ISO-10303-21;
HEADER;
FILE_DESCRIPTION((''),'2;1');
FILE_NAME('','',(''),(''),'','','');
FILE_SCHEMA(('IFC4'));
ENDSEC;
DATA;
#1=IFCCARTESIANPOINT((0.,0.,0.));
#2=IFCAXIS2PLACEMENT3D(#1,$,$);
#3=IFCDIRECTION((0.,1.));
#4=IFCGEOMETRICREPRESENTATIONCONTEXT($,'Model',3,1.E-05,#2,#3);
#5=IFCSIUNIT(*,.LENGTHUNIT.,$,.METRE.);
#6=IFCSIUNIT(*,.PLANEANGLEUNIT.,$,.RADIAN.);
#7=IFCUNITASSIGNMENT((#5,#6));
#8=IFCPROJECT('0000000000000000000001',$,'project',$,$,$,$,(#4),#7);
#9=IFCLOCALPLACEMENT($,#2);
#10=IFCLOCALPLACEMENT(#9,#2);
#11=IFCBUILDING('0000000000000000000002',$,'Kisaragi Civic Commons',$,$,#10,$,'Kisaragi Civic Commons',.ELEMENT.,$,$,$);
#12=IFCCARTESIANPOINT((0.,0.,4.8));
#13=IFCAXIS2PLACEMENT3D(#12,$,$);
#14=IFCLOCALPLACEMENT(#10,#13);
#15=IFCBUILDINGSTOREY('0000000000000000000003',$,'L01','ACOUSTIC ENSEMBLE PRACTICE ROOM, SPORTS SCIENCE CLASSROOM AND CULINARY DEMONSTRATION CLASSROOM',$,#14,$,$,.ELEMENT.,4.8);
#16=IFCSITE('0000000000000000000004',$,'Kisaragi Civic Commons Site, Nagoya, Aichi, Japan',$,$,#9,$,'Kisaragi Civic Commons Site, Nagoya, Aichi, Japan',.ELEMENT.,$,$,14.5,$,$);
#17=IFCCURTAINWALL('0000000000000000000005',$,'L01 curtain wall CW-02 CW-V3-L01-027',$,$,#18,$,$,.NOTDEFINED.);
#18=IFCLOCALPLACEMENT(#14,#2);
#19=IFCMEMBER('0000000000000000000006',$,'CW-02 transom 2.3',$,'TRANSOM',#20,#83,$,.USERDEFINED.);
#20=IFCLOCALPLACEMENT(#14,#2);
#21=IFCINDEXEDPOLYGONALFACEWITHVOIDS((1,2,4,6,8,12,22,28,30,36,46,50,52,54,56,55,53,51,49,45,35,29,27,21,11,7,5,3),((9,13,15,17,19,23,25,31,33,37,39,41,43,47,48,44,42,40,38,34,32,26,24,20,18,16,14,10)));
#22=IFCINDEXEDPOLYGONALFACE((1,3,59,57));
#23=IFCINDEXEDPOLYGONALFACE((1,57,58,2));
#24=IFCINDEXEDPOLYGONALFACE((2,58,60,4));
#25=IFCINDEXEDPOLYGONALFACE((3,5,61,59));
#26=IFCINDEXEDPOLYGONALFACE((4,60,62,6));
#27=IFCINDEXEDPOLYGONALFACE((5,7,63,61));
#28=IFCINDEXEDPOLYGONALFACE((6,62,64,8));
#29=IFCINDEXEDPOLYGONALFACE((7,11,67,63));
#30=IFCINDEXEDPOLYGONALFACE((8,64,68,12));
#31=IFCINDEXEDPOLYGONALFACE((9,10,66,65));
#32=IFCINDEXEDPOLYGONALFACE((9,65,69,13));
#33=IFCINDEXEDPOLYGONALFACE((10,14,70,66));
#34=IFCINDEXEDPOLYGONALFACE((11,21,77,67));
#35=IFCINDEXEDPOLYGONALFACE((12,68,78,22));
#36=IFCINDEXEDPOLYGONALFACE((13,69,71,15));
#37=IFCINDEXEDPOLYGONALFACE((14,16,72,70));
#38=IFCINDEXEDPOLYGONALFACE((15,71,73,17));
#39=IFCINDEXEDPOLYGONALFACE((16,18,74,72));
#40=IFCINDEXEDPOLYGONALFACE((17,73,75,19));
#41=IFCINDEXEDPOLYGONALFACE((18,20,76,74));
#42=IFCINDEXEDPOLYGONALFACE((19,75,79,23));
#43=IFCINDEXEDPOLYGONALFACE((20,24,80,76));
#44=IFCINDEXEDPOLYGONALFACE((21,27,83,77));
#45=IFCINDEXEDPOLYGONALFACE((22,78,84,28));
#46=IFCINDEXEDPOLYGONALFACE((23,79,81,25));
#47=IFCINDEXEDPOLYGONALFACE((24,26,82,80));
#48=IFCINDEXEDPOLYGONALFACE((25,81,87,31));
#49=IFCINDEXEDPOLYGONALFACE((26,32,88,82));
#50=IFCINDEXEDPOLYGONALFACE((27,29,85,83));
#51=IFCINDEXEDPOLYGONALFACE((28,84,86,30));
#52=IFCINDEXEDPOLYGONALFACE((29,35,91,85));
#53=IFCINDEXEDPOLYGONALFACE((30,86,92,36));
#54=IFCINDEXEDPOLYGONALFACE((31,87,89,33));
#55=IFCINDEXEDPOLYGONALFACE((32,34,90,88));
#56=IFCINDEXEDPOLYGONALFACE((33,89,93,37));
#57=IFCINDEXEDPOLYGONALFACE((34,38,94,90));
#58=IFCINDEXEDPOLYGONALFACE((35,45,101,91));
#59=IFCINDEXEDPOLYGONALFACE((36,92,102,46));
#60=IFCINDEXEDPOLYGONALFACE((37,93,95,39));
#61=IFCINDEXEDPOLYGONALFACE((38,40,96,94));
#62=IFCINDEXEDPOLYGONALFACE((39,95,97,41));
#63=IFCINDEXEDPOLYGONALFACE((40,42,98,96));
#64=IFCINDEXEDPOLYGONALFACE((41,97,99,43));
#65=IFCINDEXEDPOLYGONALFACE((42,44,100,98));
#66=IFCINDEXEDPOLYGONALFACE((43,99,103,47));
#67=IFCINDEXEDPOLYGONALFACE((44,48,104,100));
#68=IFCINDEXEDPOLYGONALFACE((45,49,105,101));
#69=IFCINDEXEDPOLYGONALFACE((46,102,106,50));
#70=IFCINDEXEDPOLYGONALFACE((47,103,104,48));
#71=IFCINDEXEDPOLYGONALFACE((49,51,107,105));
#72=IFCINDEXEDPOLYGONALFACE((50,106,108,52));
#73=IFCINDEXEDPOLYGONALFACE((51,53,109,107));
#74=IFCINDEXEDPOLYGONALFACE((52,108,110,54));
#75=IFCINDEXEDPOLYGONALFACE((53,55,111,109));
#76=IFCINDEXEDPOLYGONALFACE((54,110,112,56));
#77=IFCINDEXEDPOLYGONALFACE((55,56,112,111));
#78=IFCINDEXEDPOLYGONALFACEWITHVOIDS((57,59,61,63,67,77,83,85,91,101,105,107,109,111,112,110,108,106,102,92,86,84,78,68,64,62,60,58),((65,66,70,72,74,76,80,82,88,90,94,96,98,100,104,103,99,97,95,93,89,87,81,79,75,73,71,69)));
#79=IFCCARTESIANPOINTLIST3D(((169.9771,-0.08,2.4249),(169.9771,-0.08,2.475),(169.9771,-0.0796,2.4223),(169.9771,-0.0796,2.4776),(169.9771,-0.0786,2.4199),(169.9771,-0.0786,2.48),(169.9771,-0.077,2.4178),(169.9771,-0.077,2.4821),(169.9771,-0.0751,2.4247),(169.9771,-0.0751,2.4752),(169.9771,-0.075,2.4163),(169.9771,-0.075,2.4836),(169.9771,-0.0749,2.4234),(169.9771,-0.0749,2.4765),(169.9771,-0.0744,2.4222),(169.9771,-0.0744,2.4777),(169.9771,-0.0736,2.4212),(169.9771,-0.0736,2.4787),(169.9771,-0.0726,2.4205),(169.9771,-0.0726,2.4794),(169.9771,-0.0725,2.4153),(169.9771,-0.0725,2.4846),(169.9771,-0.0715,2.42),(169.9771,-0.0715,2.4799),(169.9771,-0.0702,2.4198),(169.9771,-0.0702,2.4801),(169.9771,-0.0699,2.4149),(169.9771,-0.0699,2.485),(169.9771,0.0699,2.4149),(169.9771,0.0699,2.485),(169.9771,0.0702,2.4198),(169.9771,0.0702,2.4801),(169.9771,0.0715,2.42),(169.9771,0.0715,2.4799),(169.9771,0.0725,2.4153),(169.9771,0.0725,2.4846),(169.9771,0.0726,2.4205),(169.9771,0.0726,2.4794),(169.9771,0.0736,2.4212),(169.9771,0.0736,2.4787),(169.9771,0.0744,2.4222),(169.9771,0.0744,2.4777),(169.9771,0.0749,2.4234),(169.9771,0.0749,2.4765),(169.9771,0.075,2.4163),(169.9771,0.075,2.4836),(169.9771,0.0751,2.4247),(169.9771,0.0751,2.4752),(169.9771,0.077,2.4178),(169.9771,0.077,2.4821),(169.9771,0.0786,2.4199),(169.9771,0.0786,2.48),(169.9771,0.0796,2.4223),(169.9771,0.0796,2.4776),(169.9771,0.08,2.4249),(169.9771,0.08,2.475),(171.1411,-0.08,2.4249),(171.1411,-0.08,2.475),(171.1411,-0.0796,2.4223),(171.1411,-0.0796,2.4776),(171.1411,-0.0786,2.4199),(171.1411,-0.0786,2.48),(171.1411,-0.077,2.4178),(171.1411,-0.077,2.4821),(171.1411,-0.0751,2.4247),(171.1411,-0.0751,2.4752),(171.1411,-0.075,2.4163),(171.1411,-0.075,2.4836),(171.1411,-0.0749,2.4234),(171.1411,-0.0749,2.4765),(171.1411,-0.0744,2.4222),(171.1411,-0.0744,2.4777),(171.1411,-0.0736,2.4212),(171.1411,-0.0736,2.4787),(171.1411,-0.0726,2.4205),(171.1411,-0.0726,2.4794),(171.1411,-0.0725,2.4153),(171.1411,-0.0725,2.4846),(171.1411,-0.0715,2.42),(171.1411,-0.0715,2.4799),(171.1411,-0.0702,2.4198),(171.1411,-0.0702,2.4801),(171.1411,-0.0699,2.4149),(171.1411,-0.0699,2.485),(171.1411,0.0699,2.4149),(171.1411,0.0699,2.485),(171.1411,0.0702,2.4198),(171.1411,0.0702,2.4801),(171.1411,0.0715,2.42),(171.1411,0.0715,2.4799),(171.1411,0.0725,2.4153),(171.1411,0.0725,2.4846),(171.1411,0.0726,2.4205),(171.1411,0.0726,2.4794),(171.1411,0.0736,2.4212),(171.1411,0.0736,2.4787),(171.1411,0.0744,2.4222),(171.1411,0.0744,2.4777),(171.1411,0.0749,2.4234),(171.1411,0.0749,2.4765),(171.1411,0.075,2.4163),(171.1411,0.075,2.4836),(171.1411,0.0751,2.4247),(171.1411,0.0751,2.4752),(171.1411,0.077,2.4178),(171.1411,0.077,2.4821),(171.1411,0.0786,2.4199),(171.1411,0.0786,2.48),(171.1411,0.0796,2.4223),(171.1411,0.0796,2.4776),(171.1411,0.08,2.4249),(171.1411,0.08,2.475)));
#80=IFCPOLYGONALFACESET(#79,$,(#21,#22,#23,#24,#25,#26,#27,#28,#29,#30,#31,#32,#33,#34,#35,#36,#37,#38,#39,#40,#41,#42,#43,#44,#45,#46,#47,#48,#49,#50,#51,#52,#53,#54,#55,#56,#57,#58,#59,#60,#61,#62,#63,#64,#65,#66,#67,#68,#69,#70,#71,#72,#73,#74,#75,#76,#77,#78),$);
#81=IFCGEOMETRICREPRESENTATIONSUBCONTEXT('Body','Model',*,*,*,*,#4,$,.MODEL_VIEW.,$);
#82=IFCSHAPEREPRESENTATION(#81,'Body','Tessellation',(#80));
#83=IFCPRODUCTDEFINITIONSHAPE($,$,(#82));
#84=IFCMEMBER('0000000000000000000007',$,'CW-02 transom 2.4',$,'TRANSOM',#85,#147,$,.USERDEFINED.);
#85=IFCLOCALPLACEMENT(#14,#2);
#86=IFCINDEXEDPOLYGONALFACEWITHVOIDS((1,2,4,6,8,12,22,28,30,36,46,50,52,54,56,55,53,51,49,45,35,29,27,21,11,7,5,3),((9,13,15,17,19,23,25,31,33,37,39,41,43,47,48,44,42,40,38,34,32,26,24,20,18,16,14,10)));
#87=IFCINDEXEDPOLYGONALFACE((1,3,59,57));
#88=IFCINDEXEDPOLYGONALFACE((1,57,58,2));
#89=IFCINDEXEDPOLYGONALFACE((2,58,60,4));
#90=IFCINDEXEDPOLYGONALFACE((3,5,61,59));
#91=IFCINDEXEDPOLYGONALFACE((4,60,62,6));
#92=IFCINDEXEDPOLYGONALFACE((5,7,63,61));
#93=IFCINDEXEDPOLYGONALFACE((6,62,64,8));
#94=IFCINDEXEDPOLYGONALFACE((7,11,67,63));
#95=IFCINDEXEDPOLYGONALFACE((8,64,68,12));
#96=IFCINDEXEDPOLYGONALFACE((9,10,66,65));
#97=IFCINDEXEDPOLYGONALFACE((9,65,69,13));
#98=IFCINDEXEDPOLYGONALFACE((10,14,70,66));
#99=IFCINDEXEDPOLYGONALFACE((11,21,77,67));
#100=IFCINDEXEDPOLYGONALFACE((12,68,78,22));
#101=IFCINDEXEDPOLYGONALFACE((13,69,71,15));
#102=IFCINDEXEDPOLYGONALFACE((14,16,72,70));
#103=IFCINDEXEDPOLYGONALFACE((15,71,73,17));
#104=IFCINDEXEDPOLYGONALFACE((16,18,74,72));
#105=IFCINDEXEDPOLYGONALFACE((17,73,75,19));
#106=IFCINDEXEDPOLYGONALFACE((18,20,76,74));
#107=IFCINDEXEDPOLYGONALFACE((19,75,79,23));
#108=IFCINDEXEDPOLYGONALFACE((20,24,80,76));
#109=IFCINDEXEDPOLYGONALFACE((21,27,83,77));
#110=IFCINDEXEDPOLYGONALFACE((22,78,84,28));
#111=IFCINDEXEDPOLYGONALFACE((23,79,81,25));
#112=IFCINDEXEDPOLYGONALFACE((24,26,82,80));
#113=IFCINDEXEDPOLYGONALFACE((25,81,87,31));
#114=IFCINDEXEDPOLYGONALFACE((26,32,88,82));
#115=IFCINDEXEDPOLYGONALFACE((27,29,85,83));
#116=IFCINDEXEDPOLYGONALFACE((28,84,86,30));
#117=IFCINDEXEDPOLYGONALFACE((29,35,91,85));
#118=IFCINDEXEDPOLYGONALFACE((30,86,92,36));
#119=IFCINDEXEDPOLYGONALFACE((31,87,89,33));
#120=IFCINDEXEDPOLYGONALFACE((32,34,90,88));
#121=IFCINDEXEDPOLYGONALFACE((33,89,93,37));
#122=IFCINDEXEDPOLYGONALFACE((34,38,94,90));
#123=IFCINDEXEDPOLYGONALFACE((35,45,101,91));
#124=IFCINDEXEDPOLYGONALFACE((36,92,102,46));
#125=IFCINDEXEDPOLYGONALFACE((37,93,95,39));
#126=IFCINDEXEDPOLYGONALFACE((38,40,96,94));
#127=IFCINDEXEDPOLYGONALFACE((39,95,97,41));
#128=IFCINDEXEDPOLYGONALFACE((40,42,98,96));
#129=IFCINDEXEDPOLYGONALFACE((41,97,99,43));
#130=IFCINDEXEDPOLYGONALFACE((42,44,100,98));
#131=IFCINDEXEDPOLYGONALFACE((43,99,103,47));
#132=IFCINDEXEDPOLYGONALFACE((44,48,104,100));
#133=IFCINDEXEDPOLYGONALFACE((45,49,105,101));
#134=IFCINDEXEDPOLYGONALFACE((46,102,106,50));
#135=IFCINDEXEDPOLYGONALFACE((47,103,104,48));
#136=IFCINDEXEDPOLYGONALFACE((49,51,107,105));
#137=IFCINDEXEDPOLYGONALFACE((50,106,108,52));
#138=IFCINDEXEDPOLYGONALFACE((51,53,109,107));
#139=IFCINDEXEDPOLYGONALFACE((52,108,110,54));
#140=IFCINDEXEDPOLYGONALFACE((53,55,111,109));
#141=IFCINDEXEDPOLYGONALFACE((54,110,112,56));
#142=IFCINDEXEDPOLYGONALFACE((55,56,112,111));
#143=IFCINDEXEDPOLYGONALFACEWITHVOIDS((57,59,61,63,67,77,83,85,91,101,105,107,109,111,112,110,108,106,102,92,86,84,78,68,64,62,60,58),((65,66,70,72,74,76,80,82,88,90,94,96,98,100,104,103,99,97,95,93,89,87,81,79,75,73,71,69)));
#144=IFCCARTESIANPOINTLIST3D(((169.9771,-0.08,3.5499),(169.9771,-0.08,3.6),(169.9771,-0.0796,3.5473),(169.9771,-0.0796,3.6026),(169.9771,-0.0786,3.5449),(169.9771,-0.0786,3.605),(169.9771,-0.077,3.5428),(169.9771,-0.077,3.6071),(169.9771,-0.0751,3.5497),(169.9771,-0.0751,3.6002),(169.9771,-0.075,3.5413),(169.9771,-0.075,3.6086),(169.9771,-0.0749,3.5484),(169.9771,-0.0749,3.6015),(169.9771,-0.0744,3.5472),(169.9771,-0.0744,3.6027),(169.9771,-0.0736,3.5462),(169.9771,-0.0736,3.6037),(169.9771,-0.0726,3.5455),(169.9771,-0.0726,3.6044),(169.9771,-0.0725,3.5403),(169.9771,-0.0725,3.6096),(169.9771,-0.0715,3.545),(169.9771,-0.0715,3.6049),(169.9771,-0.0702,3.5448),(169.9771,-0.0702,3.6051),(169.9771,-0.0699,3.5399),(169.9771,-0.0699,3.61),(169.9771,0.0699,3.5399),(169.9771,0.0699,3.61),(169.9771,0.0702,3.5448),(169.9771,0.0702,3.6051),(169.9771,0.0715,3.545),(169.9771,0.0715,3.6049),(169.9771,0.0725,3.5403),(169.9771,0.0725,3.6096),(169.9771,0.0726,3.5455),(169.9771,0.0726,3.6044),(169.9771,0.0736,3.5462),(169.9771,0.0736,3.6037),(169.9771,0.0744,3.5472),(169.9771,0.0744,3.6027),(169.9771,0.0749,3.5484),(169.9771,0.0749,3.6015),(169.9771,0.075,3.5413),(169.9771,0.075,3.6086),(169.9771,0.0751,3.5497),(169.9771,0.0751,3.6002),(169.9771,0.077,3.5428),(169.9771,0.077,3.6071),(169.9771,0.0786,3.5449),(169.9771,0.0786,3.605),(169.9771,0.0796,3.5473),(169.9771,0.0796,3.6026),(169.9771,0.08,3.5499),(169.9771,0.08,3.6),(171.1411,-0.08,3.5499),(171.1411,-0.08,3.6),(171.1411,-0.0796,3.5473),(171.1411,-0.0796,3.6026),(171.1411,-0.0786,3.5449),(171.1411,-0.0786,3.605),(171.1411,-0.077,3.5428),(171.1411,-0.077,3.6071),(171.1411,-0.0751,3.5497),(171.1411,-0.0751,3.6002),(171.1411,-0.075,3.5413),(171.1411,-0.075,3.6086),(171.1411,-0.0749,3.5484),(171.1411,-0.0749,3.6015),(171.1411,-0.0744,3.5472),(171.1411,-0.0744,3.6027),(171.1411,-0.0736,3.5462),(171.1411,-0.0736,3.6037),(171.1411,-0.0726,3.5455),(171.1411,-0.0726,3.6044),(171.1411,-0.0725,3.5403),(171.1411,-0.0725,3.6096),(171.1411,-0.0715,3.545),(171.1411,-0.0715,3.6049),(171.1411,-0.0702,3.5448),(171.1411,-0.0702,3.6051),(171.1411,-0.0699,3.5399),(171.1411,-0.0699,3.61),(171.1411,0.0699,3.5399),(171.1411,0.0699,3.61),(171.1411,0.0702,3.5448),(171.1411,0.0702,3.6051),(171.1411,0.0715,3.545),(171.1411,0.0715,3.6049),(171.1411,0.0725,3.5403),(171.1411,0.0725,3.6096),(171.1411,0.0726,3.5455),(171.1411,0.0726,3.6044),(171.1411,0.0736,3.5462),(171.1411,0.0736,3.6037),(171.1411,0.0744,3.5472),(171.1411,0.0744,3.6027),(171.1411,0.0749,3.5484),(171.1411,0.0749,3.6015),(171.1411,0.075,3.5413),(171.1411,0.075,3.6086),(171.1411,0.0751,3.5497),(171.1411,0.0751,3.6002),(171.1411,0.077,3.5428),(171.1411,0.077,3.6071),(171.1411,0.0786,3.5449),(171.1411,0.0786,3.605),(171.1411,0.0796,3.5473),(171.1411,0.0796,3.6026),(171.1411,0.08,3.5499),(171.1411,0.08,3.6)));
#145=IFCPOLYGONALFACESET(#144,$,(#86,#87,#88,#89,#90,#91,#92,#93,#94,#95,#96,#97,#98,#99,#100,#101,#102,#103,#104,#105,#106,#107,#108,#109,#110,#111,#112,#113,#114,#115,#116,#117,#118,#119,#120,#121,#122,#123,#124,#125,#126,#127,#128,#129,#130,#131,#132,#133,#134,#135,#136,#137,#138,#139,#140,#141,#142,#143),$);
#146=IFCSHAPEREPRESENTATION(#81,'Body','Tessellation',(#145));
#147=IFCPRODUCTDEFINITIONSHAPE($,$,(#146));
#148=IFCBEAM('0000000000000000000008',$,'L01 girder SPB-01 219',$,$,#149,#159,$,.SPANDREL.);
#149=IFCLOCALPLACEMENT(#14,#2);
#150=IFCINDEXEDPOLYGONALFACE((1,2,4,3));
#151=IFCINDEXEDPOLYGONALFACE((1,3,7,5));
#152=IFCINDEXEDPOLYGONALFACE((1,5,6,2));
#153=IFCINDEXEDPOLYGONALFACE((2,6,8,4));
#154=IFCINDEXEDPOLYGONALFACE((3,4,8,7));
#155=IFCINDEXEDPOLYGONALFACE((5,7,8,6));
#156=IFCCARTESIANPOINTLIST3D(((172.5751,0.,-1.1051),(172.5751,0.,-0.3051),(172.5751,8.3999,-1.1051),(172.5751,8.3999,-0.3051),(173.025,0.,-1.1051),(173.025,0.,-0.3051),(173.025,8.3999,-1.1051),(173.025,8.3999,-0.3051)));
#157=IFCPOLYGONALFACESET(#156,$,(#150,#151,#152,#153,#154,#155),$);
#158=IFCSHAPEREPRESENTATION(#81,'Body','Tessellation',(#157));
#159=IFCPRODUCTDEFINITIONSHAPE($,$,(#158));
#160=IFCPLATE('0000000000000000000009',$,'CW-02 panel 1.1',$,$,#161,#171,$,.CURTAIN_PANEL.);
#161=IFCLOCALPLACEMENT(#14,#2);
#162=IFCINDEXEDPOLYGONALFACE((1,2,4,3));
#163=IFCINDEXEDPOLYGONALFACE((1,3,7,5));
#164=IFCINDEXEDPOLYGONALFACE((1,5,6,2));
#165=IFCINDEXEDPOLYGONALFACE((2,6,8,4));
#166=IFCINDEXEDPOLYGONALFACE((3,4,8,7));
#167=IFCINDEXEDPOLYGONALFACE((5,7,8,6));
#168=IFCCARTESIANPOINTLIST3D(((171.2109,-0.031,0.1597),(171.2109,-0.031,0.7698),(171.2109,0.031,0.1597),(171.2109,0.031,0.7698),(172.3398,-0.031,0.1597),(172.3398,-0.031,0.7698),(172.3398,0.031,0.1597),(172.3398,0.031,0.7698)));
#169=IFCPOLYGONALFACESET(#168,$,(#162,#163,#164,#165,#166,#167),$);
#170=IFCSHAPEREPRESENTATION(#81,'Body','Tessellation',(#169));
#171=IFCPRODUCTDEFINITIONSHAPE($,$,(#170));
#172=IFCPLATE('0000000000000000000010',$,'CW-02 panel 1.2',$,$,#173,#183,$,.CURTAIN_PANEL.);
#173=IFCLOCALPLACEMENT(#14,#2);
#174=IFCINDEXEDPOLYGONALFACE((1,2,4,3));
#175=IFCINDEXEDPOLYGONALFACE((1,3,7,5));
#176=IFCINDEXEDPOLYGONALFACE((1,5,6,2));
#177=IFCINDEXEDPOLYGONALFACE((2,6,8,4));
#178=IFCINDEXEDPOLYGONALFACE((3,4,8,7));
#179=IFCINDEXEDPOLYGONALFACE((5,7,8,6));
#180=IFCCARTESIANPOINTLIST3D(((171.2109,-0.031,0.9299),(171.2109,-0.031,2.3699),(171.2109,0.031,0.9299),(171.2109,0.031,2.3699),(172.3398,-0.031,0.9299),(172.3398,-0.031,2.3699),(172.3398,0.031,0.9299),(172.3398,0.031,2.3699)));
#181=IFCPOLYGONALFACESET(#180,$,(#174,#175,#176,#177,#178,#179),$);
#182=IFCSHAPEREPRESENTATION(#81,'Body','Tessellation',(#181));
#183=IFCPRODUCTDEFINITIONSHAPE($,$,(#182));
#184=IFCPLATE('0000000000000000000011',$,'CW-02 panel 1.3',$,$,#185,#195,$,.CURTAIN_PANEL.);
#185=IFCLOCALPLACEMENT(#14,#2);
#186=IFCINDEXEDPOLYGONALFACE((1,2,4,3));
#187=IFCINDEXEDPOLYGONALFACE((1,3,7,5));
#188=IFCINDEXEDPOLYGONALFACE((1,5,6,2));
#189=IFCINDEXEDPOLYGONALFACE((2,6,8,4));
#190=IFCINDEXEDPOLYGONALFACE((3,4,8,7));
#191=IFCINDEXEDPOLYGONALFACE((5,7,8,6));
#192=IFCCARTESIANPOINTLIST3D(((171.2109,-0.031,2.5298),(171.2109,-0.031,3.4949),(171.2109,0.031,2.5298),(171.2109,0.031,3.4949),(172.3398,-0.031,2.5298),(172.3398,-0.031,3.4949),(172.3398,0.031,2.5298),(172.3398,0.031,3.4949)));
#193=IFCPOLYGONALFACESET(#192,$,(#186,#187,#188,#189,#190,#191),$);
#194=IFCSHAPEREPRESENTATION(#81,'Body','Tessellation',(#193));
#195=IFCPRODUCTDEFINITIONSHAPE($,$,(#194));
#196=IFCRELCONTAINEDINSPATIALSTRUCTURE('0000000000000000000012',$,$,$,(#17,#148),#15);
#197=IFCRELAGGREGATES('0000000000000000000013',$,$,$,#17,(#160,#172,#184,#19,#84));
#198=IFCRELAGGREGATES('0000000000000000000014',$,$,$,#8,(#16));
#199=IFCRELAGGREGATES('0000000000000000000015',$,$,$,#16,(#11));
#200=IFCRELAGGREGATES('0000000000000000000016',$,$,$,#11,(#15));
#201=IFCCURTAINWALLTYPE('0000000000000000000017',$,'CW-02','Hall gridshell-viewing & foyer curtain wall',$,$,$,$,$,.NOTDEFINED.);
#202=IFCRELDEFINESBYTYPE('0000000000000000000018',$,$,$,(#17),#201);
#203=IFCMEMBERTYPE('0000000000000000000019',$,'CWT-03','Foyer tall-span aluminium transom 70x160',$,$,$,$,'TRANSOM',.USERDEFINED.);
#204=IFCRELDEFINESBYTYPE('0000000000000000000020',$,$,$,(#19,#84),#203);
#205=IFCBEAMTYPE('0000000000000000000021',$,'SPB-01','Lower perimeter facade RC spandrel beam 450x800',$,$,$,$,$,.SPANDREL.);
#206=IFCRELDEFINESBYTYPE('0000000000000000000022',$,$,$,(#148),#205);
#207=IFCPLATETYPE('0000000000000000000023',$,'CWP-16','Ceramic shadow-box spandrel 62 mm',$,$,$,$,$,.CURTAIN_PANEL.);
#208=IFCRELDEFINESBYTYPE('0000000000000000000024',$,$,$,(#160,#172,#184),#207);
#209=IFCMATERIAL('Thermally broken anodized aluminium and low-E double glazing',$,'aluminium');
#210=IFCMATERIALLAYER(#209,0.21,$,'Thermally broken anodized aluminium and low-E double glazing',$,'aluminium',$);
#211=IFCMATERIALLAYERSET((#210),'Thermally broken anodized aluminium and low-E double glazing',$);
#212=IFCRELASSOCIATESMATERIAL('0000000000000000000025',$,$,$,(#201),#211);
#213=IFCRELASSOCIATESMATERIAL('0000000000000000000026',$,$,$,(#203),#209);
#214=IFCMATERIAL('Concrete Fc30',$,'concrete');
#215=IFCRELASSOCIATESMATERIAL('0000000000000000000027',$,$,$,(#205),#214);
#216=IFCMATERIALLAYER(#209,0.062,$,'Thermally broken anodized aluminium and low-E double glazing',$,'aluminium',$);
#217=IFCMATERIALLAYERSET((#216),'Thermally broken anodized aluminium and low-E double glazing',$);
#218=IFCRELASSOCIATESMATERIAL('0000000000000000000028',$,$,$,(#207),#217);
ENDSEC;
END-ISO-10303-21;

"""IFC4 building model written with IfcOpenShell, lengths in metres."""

from ifc_helpers import new_model, si_unit, direction, frame, origin, origin_2d, place, context, subcontext, project, spatial, rectangle, hollow_rectangle, extrude, material, layer, layer_set, material_profile, profile_set, type_object, element, aggregate, save


model = new_model("IFC4")

# Units and contexts
model_context = context("Model", 3, precision=1e-05, world=origin(), true_north=direction((0.0, 1.0)))
body_context = subcontext(model_context, "Body", "Model", "MODEL_VIEW")
ifc_project = project(units=[si_unit("LENGTHUNIT", "METRE"), si_unit("PLANEANGLEUNIT", "RADIAN")], contexts=[model_context])

# Site, building, storey
site_placement = place(None, origin())
site = spatial("IfcSite", under=ifc_project, at=site_placement, Name="Kisaragi Civic Commons Site, Nagoya, Aichi, Japan", LongName="Kisaragi Civic Commons Site, Nagoya, Aichi, Japan", CompositionType="ELEMENT", RefElevation=14.5)
building_placement = place(site_placement, origin())
building = spatial("IfcBuilding", under=site, at=building_placement, Name="Kisaragi Civic Commons", LongName="Kisaragi Civic Commons", CompositionType="ELEMENT")
storey_placement = place(building_placement, frame((0.0, 0.0, 4.8)))
storey = spatial("IfcBuildingStorey", under=building, at=storey_placement, Name="L01", Description="ACOUSTIC ENSEMBLE PRACTICE ROOM, SPORTS SCIENCE CLASSROOM AND CULINARY DEMONSTRATION CLASSROOM", CompositionType="ELEMENT", Elevation=4.8)

# Curtain wall, members
ifc_material_1 = material(Name="Thermally broken anodized aluminium and low-E double glazing", Category="aluminium")
ifc_layer_1 = layer(ifc_material_1, 0.21, Name="Thermally broken anodized aluminium and low-E double glazing", Category="aluminium")
ifc_layer_set_1 = layer_set([ifc_layer_1], Name="Thermally broken anodized aluminium and low-E double glazing")
curtain_wall_type = type_object("IfcCurtainWallType", Name="CW-02", Description="Hall gridshell-viewing & foyer curtain wall", PredefinedType="NOTDEFINED", material=ifc_layer_set_1)
curtain_wall_placement = place(storey_placement, origin())
curtain_wall = element("IfcCurtainWall", 1, at=curtain_wall_placement, inside=storey, type_object=curtain_wall_type, Name="L01 curtain wall CW-02 CW-V3-L01-027", PredefinedType="NOTDEFINED")
ifc_material_profile_1 = material_profile(ifc_material_1, hollow_rectangle(XDim=0.1599, YDim=0.0701, WallThickness=0.0049, InnerFilletRadius=0.0049, OuterFilletRadius=0.01, at=origin_2d()), Name="CWT-70x160x5", Category="aluminium")
ifc_profile_set_1 = profile_set([ifc_material_profile_1], Name="Thermally broken anodized aluminium and low-E double glazing")
member_type_1 = type_object("IfcMemberType", Name="CWT-03", Description="Foyer tall-span aluminium transom 70x160", ElementType="TRANSOM", PredefinedType="USERDEFINED", material=ifc_profile_set_1)
member_1_placement = place(storey_placement, frame((171.1411, 0.0, 2.45), z_axis=(-1.0, 0.0, 0.0), x_axis=(0.0, -1.0, 0.0)))
member_1 = element("IfcMember", 2, at=member_1_placement, type_object=member_type_1, Name="CW-02 transom 2.3", ObjectType="TRANSOM", PredefinedType="USERDEFINED", context=body_context, shape_type="SweptSolid", body=[
    extrude(hollow_rectangle(XDim=0.1599, YDim=0.0701, WallThickness=0.0049, InnerFilletRadius=0.0049, OuterFilletRadius=0.01, at=origin_2d()), origin(), (0.0, 0.0, 1.0), 1.1641),
])
member_2_placement = place(storey_placement, frame((171.1411, 0.0, 3.575), z_axis=(-1.0, 0.0, 0.0), x_axis=(0.0, -1.0, 0.0)))
member_2 = element("IfcMember", 3, at=member_2_placement, type_object=member_type_1, Name="CW-02 transom 2.4", ObjectType="TRANSOM", PredefinedType="USERDEFINED", context=body_context, shape_type="SweptSolid", body=[
    extrude(hollow_rectangle(XDim=0.1599, YDim=0.0701, WallThickness=0.0049, InnerFilletRadius=0.0049, OuterFilletRadius=0.01, at=origin_2d()), origin(), (0.0, 0.0, 1.0), 1.1641),
])

# Beam
ifc_material_2 = material(Name="Concrete Fc30", Category="concrete")
ifc_material_profile_2 = material_profile(ifc_material_2, rectangle(XDim=0.45, YDim=0.8, at=origin_2d()), Name="RC-450x800", Category="concrete")
ifc_profile_set_2 = profile_set([ifc_material_profile_2], Name="Concrete Fc30")
beam_type = type_object("IfcBeamType", Name="SPB-01", Description="Lower perimeter facade RC spandrel beam 450x800", PredefinedType="SPANDREL", material=ifc_profile_set_2)
beam_placement = place(storey_placement, frame((172.8, 0.0, -0.7051), z_axis=(0.0, 1.0, 0.0), x_axis=(-1.0, 0.0, 0.0)))
element("IfcBeam", 4, at=beam_placement, inside=storey, type_object=beam_type, Name="L01 girder SPB-01 219", PredefinedType="SPANDREL", context=body_context, shape_type="SweptSolid", body=[
    extrude(rectangle(XDim=0.45, YDim=0.8, at=origin_2d()), origin(), (0.0, 0.0, 1.0), 8.3999),
])

# Plates
ifc_layer_2 = layer(ifc_material_1, 0.062, Name="Thermally broken anodized aluminium and low-E double glazing", Category="aluminium")
ifc_layer_set_2 = layer_set([ifc_layer_2], Name="Thermally broken anodized aluminium and low-E double glazing")
plate_type = type_object("IfcPlateType", Name="CWP-16", Description="Ceramic shadow-box spandrel 62 mm", PredefinedType="CURTAIN_PANEL", material=ifc_layer_set_2)
plate_1_placement = place(storey_placement, frame((171.7754, 0.0, 0.1597), z_axis=(0.0, 0.0, 1.0), x_axis=(-1.0, 0.0, 0.0)))
plate_1 = element("IfcPlate", 5, at=plate_1_placement, type_object=plate_type, Name="CW-02 panel 1.1", PredefinedType="CURTAIN_PANEL", context=body_context, shape_type="SweptSolid", body=[
    extrude(rectangle(XDim=1.1289, YDim=0.062, at=origin_2d()), origin(), (0.0, 0.0, 1.0), 0.6101),
])
plate_2_placement = place(storey_placement, frame((171.7754, 0.0, 0.9299), z_axis=(0.0, 0.0, 1.0), x_axis=(-1.0, 0.0, 0.0)))
plate_2 = element("IfcPlate", 6, at=plate_2_placement, type_object=plate_type, Name="CW-02 panel 1.2", PredefinedType="CURTAIN_PANEL", context=body_context, shape_type="SweptSolid", body=[
    extrude(rectangle(XDim=1.1289, YDim=0.062, at=origin_2d()), origin(), (0.0, 0.0, 1.0), 1.4399),
])
plate_3_placement = place(storey_placement, frame((171.7754, 0.0, 2.5298), z_axis=(0.0, 0.0, 1.0), x_axis=(-1.0, 0.0, 0.0)))
plate_3 = element("IfcPlate", 7, at=plate_3_placement, type_object=plate_type, Name="CW-02 panel 1.3", PredefinedType="CURTAIN_PANEL", context=body_context, shape_type="SweptSolid", body=[
    extrude(rectangle(XDim=1.1289, YDim=0.062, at=origin_2d()), origin(), (0.0, 0.0, 1.0), 0.9651),
])
aggregate(curtain_wall, [plate_1, plate_2, plate_3, member_1, member_2])

save(model, "model.ifc")
